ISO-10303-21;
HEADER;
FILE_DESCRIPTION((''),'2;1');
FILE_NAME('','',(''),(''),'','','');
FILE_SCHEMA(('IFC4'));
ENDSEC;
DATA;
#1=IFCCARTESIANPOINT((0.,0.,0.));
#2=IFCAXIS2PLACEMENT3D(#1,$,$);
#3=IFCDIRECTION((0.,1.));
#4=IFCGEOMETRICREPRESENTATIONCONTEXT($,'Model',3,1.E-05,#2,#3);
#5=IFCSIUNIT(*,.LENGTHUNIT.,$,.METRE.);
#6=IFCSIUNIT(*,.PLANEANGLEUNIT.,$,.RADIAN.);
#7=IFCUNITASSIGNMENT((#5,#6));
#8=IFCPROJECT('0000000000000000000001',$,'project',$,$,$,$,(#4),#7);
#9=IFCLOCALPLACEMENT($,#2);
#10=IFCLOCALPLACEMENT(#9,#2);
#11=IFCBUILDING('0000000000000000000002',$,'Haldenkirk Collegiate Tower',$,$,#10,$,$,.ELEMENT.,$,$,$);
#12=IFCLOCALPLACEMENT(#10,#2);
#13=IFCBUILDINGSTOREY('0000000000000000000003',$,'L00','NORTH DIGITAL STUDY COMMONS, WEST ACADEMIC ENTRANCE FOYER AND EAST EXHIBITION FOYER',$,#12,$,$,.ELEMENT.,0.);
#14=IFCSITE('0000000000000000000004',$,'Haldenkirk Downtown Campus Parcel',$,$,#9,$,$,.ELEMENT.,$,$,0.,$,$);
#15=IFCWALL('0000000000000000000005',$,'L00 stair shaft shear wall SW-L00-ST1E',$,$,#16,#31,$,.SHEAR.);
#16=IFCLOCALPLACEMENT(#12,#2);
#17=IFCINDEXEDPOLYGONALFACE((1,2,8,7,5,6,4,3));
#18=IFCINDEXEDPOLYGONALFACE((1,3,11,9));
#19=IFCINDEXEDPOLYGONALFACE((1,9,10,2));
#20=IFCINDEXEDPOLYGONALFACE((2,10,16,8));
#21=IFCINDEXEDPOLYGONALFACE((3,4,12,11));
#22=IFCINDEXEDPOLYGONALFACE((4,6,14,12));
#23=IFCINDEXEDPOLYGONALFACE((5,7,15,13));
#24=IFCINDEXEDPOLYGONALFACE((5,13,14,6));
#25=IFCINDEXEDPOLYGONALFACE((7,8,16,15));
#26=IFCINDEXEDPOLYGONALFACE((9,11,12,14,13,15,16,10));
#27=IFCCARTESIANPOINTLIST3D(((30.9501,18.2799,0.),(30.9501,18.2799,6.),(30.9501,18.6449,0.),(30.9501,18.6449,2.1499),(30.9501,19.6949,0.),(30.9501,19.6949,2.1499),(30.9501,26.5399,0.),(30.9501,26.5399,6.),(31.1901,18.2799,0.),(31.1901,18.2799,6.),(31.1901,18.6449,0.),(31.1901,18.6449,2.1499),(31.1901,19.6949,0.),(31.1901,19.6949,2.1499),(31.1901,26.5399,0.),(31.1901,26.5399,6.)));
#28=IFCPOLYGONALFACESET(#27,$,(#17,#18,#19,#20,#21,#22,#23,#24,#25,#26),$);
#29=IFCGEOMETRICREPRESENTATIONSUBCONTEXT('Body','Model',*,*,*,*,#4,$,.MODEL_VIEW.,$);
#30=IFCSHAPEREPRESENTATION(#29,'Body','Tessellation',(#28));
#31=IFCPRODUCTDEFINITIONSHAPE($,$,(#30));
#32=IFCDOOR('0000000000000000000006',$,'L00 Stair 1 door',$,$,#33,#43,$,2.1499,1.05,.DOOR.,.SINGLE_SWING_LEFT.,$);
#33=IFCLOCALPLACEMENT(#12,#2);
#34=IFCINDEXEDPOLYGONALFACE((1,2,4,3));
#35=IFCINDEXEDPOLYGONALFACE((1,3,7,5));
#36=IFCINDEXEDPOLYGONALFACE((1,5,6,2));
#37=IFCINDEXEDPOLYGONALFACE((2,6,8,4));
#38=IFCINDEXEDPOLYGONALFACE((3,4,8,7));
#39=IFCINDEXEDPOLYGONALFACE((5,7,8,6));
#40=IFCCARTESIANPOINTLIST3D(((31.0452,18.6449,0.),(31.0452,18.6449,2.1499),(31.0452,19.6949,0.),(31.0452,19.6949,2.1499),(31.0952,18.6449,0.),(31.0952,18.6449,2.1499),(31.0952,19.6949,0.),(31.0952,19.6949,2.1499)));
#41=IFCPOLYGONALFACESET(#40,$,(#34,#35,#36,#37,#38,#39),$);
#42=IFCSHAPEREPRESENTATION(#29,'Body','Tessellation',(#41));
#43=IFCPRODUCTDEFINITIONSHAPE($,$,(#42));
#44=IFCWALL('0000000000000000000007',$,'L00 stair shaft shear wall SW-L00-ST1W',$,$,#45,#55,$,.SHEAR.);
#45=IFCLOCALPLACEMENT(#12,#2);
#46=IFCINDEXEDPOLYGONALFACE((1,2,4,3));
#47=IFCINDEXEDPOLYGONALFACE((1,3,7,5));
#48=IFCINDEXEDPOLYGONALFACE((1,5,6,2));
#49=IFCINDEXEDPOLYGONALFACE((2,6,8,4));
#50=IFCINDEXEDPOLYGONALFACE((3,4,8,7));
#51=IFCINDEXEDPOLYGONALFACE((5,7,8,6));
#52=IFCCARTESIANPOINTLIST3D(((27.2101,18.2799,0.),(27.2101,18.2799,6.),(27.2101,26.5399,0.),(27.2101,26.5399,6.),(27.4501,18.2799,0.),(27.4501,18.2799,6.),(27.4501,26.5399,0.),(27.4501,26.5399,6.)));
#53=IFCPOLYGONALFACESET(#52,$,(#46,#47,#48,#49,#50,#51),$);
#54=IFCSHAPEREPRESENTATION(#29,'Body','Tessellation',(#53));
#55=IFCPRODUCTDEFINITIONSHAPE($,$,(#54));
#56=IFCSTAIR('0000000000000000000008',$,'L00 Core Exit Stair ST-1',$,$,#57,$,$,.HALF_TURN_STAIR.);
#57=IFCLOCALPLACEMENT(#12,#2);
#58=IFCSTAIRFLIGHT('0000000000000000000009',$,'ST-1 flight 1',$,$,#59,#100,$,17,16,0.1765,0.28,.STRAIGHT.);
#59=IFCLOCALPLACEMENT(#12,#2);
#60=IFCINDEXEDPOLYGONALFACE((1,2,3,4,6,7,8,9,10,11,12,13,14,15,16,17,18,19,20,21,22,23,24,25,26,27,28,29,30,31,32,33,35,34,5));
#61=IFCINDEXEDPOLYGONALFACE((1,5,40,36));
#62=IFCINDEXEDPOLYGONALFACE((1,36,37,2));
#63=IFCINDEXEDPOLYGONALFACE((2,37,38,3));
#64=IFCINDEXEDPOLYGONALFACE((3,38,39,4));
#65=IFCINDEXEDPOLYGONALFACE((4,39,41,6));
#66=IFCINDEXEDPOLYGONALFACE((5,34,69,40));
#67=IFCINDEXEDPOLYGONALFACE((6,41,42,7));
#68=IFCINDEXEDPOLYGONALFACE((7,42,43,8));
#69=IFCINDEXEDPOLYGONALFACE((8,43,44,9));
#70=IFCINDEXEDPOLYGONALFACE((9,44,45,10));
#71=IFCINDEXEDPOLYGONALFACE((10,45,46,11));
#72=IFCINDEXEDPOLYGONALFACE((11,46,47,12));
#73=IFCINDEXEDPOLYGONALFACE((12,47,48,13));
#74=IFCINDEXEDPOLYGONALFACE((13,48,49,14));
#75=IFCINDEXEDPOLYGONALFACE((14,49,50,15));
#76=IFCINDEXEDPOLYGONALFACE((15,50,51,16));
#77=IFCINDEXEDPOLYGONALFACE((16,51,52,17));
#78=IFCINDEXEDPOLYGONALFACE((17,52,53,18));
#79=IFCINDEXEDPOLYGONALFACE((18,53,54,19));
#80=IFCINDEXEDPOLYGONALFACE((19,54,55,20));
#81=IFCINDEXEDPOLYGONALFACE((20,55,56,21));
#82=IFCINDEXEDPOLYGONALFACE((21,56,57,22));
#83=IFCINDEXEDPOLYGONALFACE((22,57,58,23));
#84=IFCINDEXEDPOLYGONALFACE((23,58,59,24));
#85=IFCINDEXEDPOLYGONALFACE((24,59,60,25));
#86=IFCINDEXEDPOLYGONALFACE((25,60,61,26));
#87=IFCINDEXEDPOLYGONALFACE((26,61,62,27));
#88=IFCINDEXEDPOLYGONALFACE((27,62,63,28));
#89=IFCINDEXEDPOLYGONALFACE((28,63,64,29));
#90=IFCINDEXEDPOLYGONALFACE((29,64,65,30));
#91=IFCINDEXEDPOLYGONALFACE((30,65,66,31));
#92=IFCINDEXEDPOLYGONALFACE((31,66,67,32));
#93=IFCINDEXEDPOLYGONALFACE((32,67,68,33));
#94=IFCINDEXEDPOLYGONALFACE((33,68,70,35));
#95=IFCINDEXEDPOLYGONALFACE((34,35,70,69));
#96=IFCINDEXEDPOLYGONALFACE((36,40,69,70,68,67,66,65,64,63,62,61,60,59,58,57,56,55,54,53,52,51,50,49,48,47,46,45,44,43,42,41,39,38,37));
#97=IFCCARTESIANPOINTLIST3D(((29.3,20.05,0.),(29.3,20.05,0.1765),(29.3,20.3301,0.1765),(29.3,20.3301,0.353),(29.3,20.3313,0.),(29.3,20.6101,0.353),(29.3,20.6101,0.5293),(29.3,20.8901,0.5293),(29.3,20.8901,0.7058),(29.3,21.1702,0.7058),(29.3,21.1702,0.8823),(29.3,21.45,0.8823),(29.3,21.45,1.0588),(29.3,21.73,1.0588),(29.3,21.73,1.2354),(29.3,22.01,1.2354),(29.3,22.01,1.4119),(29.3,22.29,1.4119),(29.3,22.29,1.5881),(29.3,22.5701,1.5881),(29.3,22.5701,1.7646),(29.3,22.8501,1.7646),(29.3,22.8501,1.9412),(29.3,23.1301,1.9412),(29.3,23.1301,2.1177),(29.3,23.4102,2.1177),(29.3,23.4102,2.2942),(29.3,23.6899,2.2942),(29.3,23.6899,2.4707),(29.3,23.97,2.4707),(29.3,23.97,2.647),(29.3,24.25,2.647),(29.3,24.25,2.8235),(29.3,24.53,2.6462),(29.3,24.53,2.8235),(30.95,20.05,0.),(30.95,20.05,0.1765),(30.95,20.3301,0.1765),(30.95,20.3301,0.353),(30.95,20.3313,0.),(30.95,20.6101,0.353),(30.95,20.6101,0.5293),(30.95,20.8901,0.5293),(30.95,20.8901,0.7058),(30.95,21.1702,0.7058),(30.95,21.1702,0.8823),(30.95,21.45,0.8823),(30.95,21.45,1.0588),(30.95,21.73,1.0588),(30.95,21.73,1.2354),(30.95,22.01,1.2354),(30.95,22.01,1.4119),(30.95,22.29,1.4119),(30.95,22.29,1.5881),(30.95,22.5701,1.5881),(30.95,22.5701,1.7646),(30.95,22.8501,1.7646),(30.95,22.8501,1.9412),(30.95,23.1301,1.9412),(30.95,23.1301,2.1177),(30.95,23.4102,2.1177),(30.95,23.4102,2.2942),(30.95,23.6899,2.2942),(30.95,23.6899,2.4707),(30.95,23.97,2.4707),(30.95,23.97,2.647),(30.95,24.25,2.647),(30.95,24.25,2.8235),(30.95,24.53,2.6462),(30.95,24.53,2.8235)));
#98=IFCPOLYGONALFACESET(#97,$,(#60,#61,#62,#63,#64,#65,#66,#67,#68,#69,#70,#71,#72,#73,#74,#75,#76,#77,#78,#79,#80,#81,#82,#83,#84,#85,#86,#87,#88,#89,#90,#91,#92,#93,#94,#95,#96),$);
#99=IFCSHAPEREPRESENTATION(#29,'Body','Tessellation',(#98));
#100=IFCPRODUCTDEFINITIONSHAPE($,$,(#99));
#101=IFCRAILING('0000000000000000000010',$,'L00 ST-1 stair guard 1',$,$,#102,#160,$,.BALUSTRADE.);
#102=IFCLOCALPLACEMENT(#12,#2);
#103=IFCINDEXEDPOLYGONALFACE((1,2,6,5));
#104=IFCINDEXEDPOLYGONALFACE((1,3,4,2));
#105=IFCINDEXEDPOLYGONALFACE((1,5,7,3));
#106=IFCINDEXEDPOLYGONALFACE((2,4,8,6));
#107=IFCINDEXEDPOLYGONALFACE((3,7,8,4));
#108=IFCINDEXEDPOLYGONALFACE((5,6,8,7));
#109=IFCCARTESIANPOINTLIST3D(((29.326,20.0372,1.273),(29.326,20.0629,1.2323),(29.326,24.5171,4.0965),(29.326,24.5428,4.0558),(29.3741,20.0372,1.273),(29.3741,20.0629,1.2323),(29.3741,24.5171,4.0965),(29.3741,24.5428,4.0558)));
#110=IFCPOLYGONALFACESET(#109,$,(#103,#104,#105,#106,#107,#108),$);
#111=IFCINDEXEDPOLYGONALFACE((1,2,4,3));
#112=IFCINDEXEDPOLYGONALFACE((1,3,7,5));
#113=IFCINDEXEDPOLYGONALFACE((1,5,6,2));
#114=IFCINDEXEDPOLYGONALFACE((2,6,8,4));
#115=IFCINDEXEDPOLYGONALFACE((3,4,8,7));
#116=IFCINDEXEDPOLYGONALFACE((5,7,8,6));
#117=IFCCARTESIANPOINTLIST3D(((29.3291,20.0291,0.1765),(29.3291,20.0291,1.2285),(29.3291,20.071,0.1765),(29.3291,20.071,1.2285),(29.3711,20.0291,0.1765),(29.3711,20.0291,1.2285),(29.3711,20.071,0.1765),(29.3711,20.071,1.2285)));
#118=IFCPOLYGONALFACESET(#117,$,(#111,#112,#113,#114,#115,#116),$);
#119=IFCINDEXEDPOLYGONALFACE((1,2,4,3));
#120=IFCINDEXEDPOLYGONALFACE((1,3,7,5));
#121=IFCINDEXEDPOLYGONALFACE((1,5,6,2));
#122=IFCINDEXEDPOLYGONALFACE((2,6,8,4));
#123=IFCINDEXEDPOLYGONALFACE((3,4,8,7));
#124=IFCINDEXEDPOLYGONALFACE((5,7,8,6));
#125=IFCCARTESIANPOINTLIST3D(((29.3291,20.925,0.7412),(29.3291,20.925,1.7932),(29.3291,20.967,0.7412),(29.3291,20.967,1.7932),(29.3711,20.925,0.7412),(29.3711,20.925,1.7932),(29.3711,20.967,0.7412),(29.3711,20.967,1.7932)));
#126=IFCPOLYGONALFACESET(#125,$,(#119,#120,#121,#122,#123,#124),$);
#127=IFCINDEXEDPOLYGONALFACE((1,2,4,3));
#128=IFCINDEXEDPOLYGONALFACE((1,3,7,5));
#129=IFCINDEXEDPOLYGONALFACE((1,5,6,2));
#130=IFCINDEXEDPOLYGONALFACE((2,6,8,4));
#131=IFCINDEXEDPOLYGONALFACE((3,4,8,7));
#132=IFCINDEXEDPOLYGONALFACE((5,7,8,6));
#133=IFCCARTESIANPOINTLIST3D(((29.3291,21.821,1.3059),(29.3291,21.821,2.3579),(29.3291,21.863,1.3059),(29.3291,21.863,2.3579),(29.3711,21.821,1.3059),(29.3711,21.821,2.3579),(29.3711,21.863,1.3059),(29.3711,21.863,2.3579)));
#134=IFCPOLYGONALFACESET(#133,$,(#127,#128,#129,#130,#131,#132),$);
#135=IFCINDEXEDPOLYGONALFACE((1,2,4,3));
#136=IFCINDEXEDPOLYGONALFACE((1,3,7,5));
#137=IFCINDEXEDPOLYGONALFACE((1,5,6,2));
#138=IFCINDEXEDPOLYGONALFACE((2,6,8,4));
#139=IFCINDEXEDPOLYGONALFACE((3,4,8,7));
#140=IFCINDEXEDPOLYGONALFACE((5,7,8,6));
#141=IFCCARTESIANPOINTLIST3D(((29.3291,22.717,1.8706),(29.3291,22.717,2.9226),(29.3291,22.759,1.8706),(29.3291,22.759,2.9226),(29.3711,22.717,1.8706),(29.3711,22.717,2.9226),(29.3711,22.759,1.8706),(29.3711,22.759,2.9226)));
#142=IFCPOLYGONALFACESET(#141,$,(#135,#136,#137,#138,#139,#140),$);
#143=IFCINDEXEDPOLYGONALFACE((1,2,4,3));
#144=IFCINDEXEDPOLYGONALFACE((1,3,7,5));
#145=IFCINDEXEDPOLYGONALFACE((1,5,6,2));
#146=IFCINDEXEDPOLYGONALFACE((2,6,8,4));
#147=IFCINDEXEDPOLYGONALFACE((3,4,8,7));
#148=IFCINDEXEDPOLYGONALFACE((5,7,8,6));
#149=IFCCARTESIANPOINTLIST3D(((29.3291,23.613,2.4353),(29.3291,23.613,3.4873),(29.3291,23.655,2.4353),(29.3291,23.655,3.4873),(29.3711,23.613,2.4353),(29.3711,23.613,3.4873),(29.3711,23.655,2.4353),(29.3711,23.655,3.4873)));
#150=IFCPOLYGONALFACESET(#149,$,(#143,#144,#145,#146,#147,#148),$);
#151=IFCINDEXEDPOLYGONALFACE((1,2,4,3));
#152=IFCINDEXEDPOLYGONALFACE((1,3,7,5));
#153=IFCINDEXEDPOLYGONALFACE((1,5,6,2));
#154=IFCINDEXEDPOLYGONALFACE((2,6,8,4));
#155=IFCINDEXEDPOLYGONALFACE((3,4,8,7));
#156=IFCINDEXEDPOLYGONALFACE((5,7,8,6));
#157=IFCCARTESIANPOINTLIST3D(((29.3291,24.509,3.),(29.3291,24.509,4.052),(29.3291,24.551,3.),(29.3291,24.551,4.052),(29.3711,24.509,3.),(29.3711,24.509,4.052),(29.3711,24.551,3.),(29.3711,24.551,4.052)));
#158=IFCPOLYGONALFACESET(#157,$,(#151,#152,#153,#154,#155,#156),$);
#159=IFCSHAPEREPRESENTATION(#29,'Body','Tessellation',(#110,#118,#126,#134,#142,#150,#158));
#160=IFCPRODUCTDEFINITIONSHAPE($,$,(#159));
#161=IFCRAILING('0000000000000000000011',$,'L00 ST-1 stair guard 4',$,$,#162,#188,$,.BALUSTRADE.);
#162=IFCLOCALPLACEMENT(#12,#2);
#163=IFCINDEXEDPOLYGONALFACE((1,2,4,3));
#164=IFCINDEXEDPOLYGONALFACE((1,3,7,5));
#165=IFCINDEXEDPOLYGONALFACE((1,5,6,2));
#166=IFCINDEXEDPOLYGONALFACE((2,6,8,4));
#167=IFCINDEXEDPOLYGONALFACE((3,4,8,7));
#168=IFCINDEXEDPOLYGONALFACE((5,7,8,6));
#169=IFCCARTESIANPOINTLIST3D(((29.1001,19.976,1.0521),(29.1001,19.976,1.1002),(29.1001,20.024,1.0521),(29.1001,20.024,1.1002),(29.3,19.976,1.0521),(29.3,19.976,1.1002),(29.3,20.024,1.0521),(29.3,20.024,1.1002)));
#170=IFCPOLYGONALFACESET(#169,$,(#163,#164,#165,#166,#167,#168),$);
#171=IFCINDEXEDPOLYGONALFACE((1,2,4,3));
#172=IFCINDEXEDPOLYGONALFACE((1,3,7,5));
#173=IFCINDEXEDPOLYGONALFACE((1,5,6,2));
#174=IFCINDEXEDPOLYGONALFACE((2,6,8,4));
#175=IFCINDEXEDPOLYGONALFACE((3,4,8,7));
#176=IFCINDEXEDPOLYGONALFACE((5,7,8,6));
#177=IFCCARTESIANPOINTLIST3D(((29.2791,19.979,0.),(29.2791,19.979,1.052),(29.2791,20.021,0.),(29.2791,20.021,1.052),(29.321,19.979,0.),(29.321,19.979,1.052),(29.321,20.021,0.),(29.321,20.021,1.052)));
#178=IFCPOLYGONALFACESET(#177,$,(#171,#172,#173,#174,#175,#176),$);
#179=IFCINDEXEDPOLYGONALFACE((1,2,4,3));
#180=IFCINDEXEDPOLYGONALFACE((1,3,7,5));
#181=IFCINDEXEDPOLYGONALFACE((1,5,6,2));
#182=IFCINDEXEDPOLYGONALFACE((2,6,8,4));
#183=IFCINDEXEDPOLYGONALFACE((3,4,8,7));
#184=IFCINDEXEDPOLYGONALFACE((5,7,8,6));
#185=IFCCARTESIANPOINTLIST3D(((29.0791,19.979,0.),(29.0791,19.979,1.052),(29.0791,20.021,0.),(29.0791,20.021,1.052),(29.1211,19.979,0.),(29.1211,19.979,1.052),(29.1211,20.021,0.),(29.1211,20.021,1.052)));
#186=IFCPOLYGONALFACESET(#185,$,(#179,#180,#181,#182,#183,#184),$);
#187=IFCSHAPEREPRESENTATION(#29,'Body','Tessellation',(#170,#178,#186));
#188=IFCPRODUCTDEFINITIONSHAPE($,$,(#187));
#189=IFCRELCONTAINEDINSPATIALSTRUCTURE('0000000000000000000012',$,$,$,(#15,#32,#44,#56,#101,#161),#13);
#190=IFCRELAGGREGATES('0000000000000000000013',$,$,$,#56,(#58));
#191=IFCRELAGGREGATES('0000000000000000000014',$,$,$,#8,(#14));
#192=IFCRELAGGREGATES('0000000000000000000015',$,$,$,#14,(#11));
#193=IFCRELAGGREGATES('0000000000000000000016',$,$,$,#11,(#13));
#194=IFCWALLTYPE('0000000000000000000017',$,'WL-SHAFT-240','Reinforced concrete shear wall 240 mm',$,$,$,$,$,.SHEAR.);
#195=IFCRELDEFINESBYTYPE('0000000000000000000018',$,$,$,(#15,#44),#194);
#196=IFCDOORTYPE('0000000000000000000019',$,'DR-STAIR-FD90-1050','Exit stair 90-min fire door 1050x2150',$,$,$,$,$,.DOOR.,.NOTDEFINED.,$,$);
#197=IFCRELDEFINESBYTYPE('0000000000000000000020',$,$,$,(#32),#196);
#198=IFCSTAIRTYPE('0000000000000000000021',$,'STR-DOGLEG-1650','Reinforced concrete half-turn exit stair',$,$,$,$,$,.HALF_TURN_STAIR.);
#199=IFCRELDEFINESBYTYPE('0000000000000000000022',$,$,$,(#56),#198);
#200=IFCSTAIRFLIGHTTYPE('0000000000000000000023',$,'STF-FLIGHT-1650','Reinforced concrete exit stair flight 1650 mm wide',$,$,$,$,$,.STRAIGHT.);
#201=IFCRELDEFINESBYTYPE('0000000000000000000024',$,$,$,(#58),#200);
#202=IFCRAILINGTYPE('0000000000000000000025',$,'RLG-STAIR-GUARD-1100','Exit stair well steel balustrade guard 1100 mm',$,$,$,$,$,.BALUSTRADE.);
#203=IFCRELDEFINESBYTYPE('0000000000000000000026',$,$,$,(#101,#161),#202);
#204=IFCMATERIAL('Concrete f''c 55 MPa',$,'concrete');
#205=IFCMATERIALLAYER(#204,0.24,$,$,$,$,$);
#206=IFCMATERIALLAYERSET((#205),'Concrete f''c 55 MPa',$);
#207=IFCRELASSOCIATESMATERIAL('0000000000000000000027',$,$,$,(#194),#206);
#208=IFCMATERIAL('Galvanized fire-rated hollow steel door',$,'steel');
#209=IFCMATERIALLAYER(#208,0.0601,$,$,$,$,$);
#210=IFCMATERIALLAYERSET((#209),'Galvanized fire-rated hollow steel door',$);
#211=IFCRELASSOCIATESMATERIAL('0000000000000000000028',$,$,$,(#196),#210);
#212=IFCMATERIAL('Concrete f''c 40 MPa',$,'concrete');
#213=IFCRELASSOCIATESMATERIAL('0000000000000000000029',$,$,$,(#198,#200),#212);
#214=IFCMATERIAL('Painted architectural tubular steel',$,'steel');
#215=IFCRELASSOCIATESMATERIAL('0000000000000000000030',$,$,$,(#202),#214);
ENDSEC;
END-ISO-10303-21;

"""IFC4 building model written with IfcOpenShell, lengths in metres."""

from ifc_helpers import new_model, si_unit, direction, frame, frame_2d, origin, origin_2d, place, context, subcontext, project, spatial, polyline, rectangle, outline, extrude, material, layer, layer_set, type_object, element, fill, aggregate, save


model = new_model("IFC4")

# Units and contexts
model_context = context("Model", 3, precision=1e-05, world=origin(), true_north=direction((0.0, 1.0)))
body_context = subcontext(model_context, "Body", "Model", "MODEL_VIEW")
ifc_project = project(units=[si_unit("LENGTHUNIT", "METRE"), si_unit("PLANEANGLEUNIT", "RADIAN")], contexts=[model_context])

# Site, building, storey
site_placement = place(None, origin())
site = spatial("IfcSite", under=ifc_project, at=site_placement, Name="Haldenkirk Downtown Campus Parcel", CompositionType="ELEMENT", RefElevation=0.0)
building_placement = place(site_placement, origin())
building = spatial("IfcBuilding", under=site, at=building_placement, Name="Haldenkirk Collegiate Tower", CompositionType="ELEMENT")
storey_placement = place(building_placement, origin())
storey = spatial("IfcBuildingStorey", under=building, at=storey_placement, Name="L00", Description="NORTH DIGITAL STUDY COMMONS, WEST ACADEMIC ENTRANCE FOYER AND EAST EXHIBITION FOYER", CompositionType="ELEMENT", Elevation=0.0)

# Shared definitions
ifc_material_1 = material(Name="Galvanized fire-rated hollow steel door", Category="steel")

# Wall, opening, door
ifc_material_2 = material(Name="Concrete f'c 55 MPa", Category="concrete")
ifc_layer_1 = layer(ifc_material_2, 0.24)
ifc_layer_set_1 = layer_set([ifc_layer_1], Name="Concrete f'c 55 MPa")
wall_type_1 = type_object("IfcWallType", Name="WL-SHAFT-240", Description="Reinforced concrete shear wall 240 mm", PredefinedType="SHEAR", material=ifc_layer_set_1)
wall_1_placement = place(storey_placement, frame((31.0701, 18.28, 0.0), z_axis=(0.0, 0.0, 1.0), x_axis=(0.0, 1.0, 0.0)))
wall_1 = element("IfcWall", 1, at=wall_1_placement, inside=storey, type_object=wall_type_1, Name="L00 stair shaft shear wall SW-L00-ST1E", PredefinedType="SHEAR", context=body_context, shape_type="SweptSolid", body=[
    extrude(rectangle(XDim=8.26, YDim=0.24, at=frame_2d((4.1299, 0.0))), origin(), (0.0, 0.0, 1.0), 6.0),
])
opening_1_placement = place(wall_1_placement, frame((0.365, 0.0, 0.0)))
opening_1 = element("IfcOpeningElement", 2, at=opening_1_placement, cuts=wall_1, PredefinedType="OPENING", context=body_context, shape_type="SweptSolid", body=[
    extrude(rectangle(XDim=1.05, YDim=2.1499, at=frame_2d((0.5249, 1.075))), frame((0.0, 0.1299, 0.0), z_axis=(0.0, -1.0, 0.0), x_axis=(1.0, 0.0, 0.0)), (0.0, 0.0, 1.0), 0.26),
])
ifc_layer_2 = layer(ifc_material_1, 0.0601)
ifc_layer_set_2 = layer_set([ifc_layer_2], Name="Galvanized fire-rated hollow steel door")
door_type_1 = type_object("IfcDoorType", Name="DR-STAIR-FD90-1050", Description="Exit stair 90-min fire door 1050x2150", OperationType="NOTDEFINED", PredefinedType="DOOR", material=ifc_layer_set_2)
door_1_placement = place(opening_1_placement, origin())
door_1 = element("IfcDoor", 3, at=door_1_placement, inside=storey, type_object=door_type_1, Name="L00 Stair 1 door", OperationType="SINGLE_SWING_LEFT", OverallHeight=2.1499, OverallWidth=1.05, PredefinedType="DOOR", context=body_context, shape_type="SweptSolid", body=[
    extrude(rectangle(XDim=1.05, YDim=2.1499, at=frame_2d((0.5249, 1.075))), frame((0.0, 0.0249, 0.0), z_axis=(0.0, -1.0, 0.0), x_axis=(1.0, 0.0, 0.0)), (0.0, 0.0, 1.0), 0.05),
])
fill(opening_1, door_1)

# Wall
wall_2_placement = place(storey_placement, frame((27.3301, 18.28, 0.0), z_axis=(0.0, 0.0, 1.0), x_axis=(0.0, 1.0, 0.0)))
element("IfcWall", 4, at=wall_2_placement, inside=storey, type_object=wall_type_1, Name="L00 stair shaft shear wall SW-L00-ST1W", PredefinedType="SHEAR", context=body_context, shape_type="SweptSolid", body=[
    extrude(rectangle(XDim=8.26, YDim=0.24, at=frame_2d((4.1299, 0.0))), origin(), (0.0, 0.0, 1.0), 6.0),
])

# Stair, stair flight
ifc_material_3 = material(Name="Concrete f'c 40 MPa", Category="concrete")
stair_type = type_object("IfcStairType", Name="STR-DOGLEG-1650", Description="Reinforced concrete half-turn exit stair", PredefinedType="HALF_TURN_STAIR", material=ifc_material_3)
stair_placement = place(storey_placement, origin())
stair = element("IfcStair", 5, at=stair_placement, inside=storey, type_object=stair_type, Name="L00 Core Exit Stair ST-1", PredefinedType="HALF_TURN_STAIR")
stair_flight_type = type_object("IfcStairFlightType", Name="STF-FLIGHT-1650", Description="Reinforced concrete exit stair flight 1650 mm wide", PredefinedType="STRAIGHT", material=ifc_material_3)
stair_flight_placement = place(storey_placement, frame((30.125, 20.05, 0.0), z_axis=(0.0, 0.0, 1.0), x_axis=(0.0, 1.0, 0.0)))
stair_flight = element("IfcStairFlight", 6, at=stair_flight_placement, type_object=stair_flight_type, Name="ST-1 flight 1", NumberOfRisers=17, NumberOfTreads=16, PredefinedType="STRAIGHT", RiserHeight=0.1765, TreadLength=0.28, context=body_context, shape_type="SweptSolid", body=[
    extrude(outline(polyline([(0.0, 0.0), (0.0, 0.1765), (0.28, 0.1765), (0.28, 0.353), (0.5601, 0.353), (0.5601, 0.5293), (0.8401, 0.5293), (0.8401, 0.7058), (1.1201, 0.7058), (1.1201, 0.8823), (1.3999, 0.8823), (1.3999, 1.0588), (1.6799, 1.0588), (1.6799, 1.2354), (1.96, 1.2354), (1.96, 1.4119), (2.24, 1.4119), (2.24, 1.5881), (2.52, 1.5881), (2.52, 1.7646), (2.8, 1.7646), (2.8, 1.9412), (3.0801, 1.9412), (3.0801, 2.1177), (3.3601, 2.1177), (3.3601, 2.2942), (3.6399, 2.2942), (3.6399, 2.4707), (3.9199, 2.4707), (3.9199, 2.647), (4.2, 2.647), (4.2, 2.8235), (4.48, 2.8235), (4.48, 3.0), (4.48, 2.6462), (0.2812, 0.0), (0.0, 0.0)])), frame((0.0, 0.825, 0.0), z_axis=(0.0, -1.0, 0.0), x_axis=(1.0, 0.0, 0.0)), (0.0, 0.0, 1.0), 1.6499),
])
aggregate(stair, [stair_flight])

# Railings
ifc_material_4 = material(Name="Painted architectural tubular steel", Category="steel")
railing_type_1 = type_object("IfcRailingType", Name="RLG-STAIR-GUARD-1100", Description="Exit stair well steel balustrade guard 1100 mm", PredefinedType="BALUSTRADE", material=ifc_material_4)
railing_1_placement = place(storey_placement, frame((29.3501, 20.05, 0.1765)))
element("IfcRailing", 7, at=railing_1_placement, inside=storey, type_object=railing_type_1, Name="L00 ST-1 stair guard 1", PredefinedType="BALUSTRADE", context=body_context, shape_type="SweptSolid", body=[
    extrude(rectangle(XDim=0.0481, YDim=0.0481, at=origin_2d()), frame((0.0, 0.0, 1.0762), z_axis=(0.0, 0.845998, 0.533186), x_axis=(-1.0, 0.0, 0.0)), (0.0, 0.0, 1.0), 5.2954),
    extrude(rectangle(XDim=0.042, YDim=0.042, at=origin_2d()), origin(), (0.0, 0.0, 1.0), 1.052),
    extrude(rectangle(XDim=0.042, YDim=0.042, at=origin_2d()), frame((0.0, 0.896, 0.5647)), (0.0, 0.0, 1.0), 1.052),
    extrude(rectangle(XDim=0.042, YDim=0.042, at=origin_2d()), frame((0.0, 1.792, 1.1294)), (0.0, 0.0, 1.0), 1.052),
    extrude(rectangle(XDim=0.042, YDim=0.042, at=origin_2d()), frame((0.0, 2.688, 1.6941)), (0.0, 0.0, 1.0), 1.052),
    extrude(rectangle(XDim=0.042, YDim=0.042, at=origin_2d()), frame((0.0, 3.584, 2.2588)), (0.0, 0.0, 1.0), 1.052),
    extrude(rectangle(XDim=0.042, YDim=0.042, at=origin_2d()), frame((0.0, 4.48, 2.8235)), (0.0, 0.0, 1.0), 1.052),
])
railing_2_placement = place(storey_placement, frame((29.3, 20.0, 0.0)))
element("IfcRailing", 8, at=railing_2_placement, inside=storey, type_object=railing_type_1, Name="L00 ST-1 stair guard 4", PredefinedType="BALUSTRADE", context=body_context, shape_type="SweptSolid", body=[
    extrude(rectangle(XDim=0.0481, YDim=0.0481, at=origin_2d()), frame((0.0, 0.0, 1.0762), z_axis=(-1.0, 0.0, 0.0), x_axis=(0.0, -1.0, 0.0)), (0.0, 0.0, 1.0), 0.2),
    extrude(rectangle(XDim=0.042, YDim=0.042, at=origin_2d()), origin(), (0.0, 0.0, 1.0), 1.052),
    extrude(rectangle(XDim=0.042, YDim=0.042, at=origin_2d()), frame((-0.2, 0.0, 0.0)), (0.0, 0.0, 1.0), 1.052),
])

save(model, "model.ifc")
